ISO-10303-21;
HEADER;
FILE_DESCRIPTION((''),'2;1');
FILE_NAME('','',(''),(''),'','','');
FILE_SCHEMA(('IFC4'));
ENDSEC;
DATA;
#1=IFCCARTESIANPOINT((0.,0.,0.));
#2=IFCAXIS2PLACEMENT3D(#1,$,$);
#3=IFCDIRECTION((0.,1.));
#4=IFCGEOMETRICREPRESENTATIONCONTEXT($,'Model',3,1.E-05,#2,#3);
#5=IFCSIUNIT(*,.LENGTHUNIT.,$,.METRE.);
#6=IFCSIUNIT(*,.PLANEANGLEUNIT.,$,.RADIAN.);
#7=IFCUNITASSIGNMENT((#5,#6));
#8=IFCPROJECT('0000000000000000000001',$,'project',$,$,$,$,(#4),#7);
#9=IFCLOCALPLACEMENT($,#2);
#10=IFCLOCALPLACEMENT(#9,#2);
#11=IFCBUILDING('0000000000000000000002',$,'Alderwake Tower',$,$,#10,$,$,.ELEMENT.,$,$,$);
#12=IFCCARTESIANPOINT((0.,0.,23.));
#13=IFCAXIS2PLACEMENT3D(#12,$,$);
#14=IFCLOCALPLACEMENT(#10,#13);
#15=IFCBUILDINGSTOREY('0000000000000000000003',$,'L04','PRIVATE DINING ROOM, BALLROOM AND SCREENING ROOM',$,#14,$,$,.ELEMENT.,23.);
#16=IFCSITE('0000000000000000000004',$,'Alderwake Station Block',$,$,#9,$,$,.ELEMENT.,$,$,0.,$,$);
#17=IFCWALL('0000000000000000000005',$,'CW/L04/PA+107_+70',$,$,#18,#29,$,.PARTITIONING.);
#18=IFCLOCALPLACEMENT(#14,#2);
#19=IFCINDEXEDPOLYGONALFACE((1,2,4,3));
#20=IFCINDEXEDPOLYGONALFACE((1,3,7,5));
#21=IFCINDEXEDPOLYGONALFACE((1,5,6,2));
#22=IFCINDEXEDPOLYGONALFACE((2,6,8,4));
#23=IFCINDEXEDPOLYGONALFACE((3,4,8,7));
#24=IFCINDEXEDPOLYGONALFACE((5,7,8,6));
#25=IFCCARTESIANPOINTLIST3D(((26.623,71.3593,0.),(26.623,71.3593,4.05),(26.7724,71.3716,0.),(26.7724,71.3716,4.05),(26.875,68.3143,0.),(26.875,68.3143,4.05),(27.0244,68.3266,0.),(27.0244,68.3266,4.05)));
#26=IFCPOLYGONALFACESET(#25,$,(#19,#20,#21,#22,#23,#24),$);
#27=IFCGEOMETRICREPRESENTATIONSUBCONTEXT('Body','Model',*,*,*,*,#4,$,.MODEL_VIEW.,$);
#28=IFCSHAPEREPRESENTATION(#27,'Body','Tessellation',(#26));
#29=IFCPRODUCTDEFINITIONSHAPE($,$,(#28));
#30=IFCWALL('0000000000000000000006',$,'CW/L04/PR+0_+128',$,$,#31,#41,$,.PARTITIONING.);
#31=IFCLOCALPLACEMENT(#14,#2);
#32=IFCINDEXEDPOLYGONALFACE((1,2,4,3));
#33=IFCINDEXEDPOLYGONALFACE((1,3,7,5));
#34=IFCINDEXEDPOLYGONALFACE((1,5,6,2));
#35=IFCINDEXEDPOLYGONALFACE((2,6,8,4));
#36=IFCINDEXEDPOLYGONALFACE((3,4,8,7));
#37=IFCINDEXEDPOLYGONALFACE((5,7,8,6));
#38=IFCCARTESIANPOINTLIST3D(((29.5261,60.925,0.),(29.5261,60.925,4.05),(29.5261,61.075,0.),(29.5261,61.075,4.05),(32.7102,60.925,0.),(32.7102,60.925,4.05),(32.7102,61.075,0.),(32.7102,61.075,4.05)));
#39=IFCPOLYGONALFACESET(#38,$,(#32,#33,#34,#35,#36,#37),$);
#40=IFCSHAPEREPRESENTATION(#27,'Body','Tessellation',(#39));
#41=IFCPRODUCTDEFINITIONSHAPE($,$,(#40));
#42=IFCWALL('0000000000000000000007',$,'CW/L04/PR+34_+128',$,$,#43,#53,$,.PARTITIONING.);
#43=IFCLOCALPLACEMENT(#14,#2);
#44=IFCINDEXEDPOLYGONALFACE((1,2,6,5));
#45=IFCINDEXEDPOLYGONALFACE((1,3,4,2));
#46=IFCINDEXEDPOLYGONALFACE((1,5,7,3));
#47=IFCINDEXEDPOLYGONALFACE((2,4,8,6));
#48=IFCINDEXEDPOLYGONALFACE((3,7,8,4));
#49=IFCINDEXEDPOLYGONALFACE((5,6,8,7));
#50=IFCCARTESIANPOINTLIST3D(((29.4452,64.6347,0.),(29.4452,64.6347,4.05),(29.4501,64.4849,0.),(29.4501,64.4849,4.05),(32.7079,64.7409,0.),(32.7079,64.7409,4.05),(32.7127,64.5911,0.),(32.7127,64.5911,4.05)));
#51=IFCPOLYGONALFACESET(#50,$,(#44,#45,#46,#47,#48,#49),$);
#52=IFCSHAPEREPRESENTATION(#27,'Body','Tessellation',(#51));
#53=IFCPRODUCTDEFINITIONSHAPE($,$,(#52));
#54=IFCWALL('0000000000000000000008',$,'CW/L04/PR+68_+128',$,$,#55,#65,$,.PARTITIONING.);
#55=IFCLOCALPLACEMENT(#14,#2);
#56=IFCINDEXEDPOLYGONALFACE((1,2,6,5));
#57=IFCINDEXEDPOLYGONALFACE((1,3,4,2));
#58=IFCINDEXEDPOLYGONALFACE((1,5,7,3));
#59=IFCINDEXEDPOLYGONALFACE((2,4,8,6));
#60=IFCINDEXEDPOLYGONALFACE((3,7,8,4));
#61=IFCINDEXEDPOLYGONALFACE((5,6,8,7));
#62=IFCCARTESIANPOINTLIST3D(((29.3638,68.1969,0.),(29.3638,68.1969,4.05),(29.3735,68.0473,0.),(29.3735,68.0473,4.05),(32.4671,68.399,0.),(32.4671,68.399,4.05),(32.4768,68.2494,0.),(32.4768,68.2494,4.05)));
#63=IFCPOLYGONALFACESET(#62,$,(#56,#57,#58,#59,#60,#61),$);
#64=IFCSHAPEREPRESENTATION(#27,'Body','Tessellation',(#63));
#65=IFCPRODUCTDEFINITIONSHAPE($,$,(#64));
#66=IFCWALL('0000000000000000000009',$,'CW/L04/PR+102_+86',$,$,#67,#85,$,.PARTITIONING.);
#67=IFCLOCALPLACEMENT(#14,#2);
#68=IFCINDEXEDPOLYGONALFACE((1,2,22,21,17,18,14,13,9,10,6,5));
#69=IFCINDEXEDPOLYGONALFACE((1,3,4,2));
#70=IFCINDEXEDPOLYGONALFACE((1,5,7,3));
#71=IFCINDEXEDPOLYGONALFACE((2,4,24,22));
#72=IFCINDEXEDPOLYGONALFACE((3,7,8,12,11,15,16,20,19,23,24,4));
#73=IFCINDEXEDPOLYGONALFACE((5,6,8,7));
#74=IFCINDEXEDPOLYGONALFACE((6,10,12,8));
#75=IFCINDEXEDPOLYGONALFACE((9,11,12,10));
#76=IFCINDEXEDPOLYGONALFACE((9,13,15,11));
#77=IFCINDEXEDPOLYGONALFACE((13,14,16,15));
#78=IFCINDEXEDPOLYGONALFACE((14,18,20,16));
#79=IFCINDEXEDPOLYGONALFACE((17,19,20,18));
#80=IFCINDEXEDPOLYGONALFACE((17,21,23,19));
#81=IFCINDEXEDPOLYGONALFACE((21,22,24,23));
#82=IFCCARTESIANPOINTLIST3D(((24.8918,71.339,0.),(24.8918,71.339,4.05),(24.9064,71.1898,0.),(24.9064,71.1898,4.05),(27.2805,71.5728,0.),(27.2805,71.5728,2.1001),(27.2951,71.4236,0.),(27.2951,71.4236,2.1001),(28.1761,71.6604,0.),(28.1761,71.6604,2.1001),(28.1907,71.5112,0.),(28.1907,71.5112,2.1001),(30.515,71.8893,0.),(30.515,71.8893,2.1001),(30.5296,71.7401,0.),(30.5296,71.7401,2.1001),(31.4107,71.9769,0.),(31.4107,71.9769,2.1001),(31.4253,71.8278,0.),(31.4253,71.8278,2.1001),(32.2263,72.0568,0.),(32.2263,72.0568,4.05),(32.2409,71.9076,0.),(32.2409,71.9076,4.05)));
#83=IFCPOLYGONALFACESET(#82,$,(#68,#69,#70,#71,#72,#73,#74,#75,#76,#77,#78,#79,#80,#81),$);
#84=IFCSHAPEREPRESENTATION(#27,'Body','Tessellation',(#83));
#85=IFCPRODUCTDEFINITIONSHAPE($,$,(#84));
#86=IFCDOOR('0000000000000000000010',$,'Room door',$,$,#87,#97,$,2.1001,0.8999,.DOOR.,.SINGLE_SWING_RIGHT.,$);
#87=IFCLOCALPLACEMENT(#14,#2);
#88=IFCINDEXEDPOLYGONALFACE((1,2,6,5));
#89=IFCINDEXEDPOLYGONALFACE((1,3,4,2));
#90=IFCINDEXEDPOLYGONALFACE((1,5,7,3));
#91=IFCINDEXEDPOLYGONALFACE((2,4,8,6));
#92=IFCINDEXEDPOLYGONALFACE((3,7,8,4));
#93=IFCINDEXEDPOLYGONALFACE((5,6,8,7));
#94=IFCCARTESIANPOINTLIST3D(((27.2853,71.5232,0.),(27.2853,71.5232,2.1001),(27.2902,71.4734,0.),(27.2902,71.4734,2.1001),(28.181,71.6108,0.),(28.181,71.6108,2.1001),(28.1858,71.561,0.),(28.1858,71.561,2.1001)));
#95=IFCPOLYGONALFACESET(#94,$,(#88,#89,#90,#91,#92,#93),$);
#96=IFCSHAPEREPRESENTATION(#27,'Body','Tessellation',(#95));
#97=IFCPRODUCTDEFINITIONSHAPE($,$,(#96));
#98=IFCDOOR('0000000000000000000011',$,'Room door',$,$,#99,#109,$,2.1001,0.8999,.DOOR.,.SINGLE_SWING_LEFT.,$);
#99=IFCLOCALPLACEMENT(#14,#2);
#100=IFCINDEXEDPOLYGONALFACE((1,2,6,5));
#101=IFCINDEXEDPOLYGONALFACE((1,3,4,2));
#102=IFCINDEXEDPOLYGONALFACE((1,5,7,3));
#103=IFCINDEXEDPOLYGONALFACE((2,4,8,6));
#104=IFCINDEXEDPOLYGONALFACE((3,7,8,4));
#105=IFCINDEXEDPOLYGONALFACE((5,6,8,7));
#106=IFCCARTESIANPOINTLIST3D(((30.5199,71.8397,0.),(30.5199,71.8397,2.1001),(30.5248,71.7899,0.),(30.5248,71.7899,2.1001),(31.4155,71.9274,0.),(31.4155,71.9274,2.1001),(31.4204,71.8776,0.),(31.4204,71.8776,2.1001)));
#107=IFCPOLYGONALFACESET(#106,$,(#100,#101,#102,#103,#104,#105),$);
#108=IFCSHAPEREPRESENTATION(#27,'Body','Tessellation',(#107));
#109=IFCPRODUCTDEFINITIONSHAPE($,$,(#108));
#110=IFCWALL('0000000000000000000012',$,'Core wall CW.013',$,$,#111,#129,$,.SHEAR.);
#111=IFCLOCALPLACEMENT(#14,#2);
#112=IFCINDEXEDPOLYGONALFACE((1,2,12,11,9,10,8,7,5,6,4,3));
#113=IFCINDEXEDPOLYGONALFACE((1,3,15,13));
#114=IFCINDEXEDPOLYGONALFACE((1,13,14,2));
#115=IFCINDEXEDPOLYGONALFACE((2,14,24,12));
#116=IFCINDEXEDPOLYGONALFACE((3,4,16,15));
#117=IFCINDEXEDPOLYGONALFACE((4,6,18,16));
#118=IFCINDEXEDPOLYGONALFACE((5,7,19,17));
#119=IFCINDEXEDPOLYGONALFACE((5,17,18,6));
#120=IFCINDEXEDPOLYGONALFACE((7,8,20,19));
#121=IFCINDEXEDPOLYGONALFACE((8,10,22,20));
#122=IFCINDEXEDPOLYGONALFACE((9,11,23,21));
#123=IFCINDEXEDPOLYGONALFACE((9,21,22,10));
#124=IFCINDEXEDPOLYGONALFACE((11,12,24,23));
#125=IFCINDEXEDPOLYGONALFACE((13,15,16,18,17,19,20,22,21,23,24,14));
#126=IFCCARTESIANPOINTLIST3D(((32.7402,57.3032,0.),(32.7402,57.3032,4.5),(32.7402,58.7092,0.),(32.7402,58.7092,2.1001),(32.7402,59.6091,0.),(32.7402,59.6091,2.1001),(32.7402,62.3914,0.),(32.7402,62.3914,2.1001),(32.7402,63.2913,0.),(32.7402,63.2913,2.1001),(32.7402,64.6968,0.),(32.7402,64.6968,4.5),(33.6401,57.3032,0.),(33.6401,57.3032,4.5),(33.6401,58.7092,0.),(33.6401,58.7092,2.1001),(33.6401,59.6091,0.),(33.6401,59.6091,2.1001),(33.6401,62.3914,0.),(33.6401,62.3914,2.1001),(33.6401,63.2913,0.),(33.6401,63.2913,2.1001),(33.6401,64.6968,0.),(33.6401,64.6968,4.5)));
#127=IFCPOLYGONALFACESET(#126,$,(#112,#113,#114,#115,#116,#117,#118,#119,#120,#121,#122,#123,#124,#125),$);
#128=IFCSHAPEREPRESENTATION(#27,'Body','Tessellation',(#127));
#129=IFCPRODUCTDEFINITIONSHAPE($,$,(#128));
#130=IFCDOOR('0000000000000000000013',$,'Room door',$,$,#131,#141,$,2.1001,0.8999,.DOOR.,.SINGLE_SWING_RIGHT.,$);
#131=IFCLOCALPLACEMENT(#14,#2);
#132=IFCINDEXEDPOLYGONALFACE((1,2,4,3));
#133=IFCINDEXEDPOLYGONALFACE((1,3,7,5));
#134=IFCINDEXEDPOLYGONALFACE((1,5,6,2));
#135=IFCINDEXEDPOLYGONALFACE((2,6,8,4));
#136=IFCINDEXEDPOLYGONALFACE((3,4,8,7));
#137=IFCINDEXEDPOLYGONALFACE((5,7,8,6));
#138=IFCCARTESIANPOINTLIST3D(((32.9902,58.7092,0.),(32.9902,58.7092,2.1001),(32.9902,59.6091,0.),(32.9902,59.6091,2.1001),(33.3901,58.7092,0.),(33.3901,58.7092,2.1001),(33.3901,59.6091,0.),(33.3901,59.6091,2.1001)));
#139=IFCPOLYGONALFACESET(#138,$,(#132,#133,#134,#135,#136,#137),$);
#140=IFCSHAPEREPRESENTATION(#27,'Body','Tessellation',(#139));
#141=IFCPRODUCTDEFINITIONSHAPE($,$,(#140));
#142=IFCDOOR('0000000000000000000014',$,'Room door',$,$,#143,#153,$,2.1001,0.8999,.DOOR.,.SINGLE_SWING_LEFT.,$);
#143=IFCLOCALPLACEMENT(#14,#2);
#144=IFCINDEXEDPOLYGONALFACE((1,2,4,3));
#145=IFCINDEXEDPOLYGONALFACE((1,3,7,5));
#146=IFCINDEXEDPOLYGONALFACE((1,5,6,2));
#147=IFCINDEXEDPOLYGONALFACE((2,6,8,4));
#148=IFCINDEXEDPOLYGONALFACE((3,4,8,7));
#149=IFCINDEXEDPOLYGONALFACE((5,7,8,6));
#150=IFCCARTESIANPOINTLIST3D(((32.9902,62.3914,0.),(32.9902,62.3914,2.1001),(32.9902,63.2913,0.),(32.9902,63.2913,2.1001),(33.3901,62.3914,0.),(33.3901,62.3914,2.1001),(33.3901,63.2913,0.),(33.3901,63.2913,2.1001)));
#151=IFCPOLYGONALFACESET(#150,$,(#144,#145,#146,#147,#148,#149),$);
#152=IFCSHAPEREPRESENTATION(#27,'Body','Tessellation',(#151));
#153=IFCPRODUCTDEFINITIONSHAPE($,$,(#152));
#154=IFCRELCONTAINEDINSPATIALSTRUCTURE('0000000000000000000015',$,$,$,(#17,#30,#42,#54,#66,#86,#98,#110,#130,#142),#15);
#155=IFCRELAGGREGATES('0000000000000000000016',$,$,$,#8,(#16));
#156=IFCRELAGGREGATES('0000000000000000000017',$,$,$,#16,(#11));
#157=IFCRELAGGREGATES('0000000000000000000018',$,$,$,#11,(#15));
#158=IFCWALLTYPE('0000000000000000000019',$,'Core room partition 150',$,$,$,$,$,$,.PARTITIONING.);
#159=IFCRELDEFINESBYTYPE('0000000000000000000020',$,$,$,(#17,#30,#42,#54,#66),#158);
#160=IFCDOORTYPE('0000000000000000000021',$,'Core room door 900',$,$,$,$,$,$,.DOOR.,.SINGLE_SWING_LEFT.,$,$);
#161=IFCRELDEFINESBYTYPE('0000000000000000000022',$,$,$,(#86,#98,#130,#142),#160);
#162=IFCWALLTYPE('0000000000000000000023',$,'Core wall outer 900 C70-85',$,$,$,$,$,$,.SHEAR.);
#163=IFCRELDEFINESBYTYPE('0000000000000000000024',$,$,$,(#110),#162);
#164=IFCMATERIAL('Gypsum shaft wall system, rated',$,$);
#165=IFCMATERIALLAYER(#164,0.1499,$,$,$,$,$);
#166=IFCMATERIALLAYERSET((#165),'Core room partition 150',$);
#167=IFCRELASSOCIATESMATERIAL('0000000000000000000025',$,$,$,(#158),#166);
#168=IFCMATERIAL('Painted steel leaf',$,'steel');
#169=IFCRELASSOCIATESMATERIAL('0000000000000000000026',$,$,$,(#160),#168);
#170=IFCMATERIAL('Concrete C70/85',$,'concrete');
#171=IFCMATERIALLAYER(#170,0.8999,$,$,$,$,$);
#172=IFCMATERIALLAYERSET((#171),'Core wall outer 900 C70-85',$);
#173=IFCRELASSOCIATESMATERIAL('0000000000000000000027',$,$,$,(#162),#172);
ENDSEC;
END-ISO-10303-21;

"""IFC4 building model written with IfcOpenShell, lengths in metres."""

from ifc_helpers import new_model, si_unit, direction, frame, frame_2d, origin, place, context, subcontext, project, spatial, rectangle, extrude, material, layer, layer_set, type_object, element, fill, save


model = new_model("IFC4")

# Units and contexts
model_context = context("Model", 3, precision=1e-05, world=origin(), true_north=direction((0.0, 1.0)))
body_context = subcontext(model_context, "Body", "Model", "MODEL_VIEW")
ifc_project = project(units=[si_unit("LENGTHUNIT", "METRE"), si_unit("PLANEANGLEUNIT", "RADIAN")], contexts=[model_context])

# Site, building, storey
site_placement = place(None, origin())
site = spatial("IfcSite", under=ifc_project, at=site_placement, Name="Alderwake Station Block", CompositionType="ELEMENT", RefElevation=0.0)
building_placement = place(site_placement, origin())
building = spatial("IfcBuilding", under=site, at=building_placement, Name="Alderwake Tower", CompositionType="ELEMENT")
storey_placement = place(building_placement, frame((0.0, 0.0, 23.0)))
storey = spatial("IfcBuildingStorey", under=building, at=storey_placement, Name="L04", Description="PRIVATE DINING ROOM, BALLROOM AND SCREENING ROOM", CompositionType="ELEMENT", Elevation=23.0)

# Walls
ifc_material_1 = material(Name="Gypsum shaft wall system, rated")
ifc_layer_1 = layer(ifc_material_1, 0.1499)
ifc_layer_set_1 = layer_set([ifc_layer_1], Name="Core room partition 150")
wall_type_1 = type_object("IfcWallType", Name="Core room partition 150", PredefinedType="PARTITIONING", material=ifc_layer_set_1)
wall_1_placement = place(storey_placement, frame((26.9497, 68.3203, 0.0), z_axis=(0.0, 0.0, 1.0), x_axis=(-0.082464, 0.996594, 0.0)))
element("IfcWall", 1, at=wall_1_placement, inside=storey, type_object=wall_type_1, Name="CW/L04/PA+107_+70", PredefinedType="PARTITIONING", context=body_context, shape_type="SweptSolid", body=[
    extrude(rectangle(XDim=3.0554, YDim=0.1499, at=frame_2d((1.5278, 0.0))), origin(), (0.0, 0.0, 1.0), 4.05),
])
wall_2_placement = place(storey_placement, frame((29.5261, 61.0, 0.0), z_axis=(0.0, 0.0, 1.0), x_axis=(1.0, 0.0, 0.0)))
element("IfcWall", 2, at=wall_2_placement, inside=storey, type_object=wall_type_1, Name="CW/L04/PR+0_+128", PredefinedType="PARTITIONING", context=body_context, shape_type="SweptSolid", body=[
    extrude(rectangle(XDim=3.1841, YDim=0.1499, at=frame_2d((1.592, 0.0))), origin(), (0.0, 0.0, 1.0), 4.05),
])
wall_3_placement = place(storey_placement, frame((29.4475, 64.5598, 0.0), z_axis=(0.0, 0.0, 1.0), x_axis=(0.999471, 0.032533, 0.0)))
element("IfcWall", 3, at=wall_3_placement, inside=storey, type_object=wall_type_1, Name="CW/L04/PR+34_+128", PredefinedType="PARTITIONING", context=body_context, shape_type="SweptSolid", body=[
    extrude(rectangle(XDim=3.2644, YDim=0.1499, at=frame_2d((1.6323, 0.0))), origin(), (0.0, 0.0, 1.0), 4.05),
])
wall_4_placement = place(storey_placement, frame((29.3687, 68.1221, 0.0), z_axis=(0.0, 0.0, 1.0), x_axis=(0.997885, 0.065003, 0.0)))
element("IfcWall", 4, at=wall_4_placement, inside=storey, type_object=wall_type_1, Name="CW/L04/PR+68_+128", PredefinedType="PARTITIONING", context=body_context, shape_type="SweptSolid", body=[
    extrude(rectangle(XDim=3.1099, YDim=0.1499, at=frame_2d((1.5549, 0.0))), origin(), (0.0, 0.0, 1.0), 4.05),
])

# Walls, openings, doors
wall_5_placement = place(storey_placement, frame((32.2336, 71.9822, 0.0), z_axis=(0.0, 0.0, 1.0), x_axis=(-0.995246, -0.097398, 0.0)))
wall_5 = element("IfcWall", 5, at=wall_5_placement, inside=storey, type_object=wall_type_1, Name="CW/L04/PR+102_+86", PredefinedType="PARTITIONING", context=body_context, shape_type="SweptSolid", body=[
    extrude(rectangle(XDim=7.3696, YDim=0.1499, at=frame_2d((3.6848, 0.0))), origin(), (0.0, 0.0, 1.0), 4.05),
])
opening_1_placement = place(wall_5_placement, frame((4.0696, 0.0, 0.0)))
opening_1 = element("IfcOpeningElement", 6, at=opening_1_placement, cuts=wall_5, PredefinedType="OPENING", context=body_context, shape_type="SweptSolid", body=[
    extrude(rectangle(XDim=0.8999, YDim=2.1001, at=frame_2d((0.45, 1.05))), frame((0.0, 0.085, 0.0), z_axis=(0.0, -1.0, 0.0), x_axis=(1.0, 0.0, 0.0)), (0.0, 0.0, 1.0), 0.1699),
])
opening_2_placement = place(wall_5_placement, frame((0.8196, 0.0, 0.0)))
opening_2 = element("IfcOpeningElement", 7, at=opening_2_placement, cuts=wall_5, PredefinedType="OPENING", context=body_context, shape_type="SweptSolid", body=[
    extrude(rectangle(XDim=0.8999, YDim=2.1001, at=frame_2d((0.45, 1.05))), frame((0.0, 0.085, 0.0), z_axis=(0.0, -1.0, 0.0), x_axis=(1.0, 0.0, 0.0)), (0.0, 0.0, 1.0), 0.1699),
])
ifc_material_2 = material(Name="Painted steel leaf", Category="steel")
door_type_1 = type_object("IfcDoorType", Name="Core room door 900", OperationType="SINGLE_SWING_LEFT", PredefinedType="DOOR", material=ifc_material_2)
door_1_placement = place(opening_1_placement, origin())
door_1 = element("IfcDoor", 8, at=door_1_placement, inside=storey, type_object=door_type_1, Name="Room door", OperationType="SINGLE_SWING_RIGHT", OverallHeight=2.1001, OverallWidth=0.8999, PredefinedType="DOOR", context=body_context, shape_type="SweptSolid", body=[
    extrude(rectangle(XDim=0.8999, YDim=2.1001, at=frame_2d((0.45, 1.05))), frame((0.0, 0.0249, 0.0), z_axis=(0.0, -1.0, 0.0), x_axis=(1.0, 0.0, 0.0)), (0.0, 0.0, 1.0), 0.05),
])
fill(opening_1, door_1)
door_2_placement = place(opening_2_placement, origin())
door_2 = element("IfcDoor", 9, at=door_2_placement, inside=storey, type_object=door_type_1, Name="Room door", OperationType="SINGLE_SWING_LEFT", OverallHeight=2.1001, OverallWidth=0.8999, PredefinedType="DOOR", context=body_context, shape_type="SweptSolid", body=[
    extrude(rectangle(XDim=0.8999, YDim=2.1001, at=frame_2d((0.45, 1.05))), frame((0.0, 0.0249, 0.0), z_axis=(0.0, -1.0, 0.0), x_axis=(1.0, 0.0, 0.0)), (0.0, 0.0, 1.0), 0.05),
])
fill(opening_2, door_2)
ifc_material_3 = material(Name="Concrete C70/85", Category="concrete")
ifc_layer_2 = layer(ifc_material_3, 0.8999)
ifc_layer_set_2 = layer_set([ifc_layer_2], Name="Core wall outer 900 C70-85")
wall_type_2 = type_object("IfcWallType", Name="Core wall outer 900 C70-85", PredefinedType="SHEAR", material=ifc_layer_set_2)
wall_6_placement = place(storey_placement, frame((33.1902, 64.6968, 0.0), z_axis=(0.0, 0.0, 1.0), x_axis=(0.0, -1.0, 0.0)))
wall_6 = element("IfcWall", 10, at=wall_6_placement, inside=storey, type_object=wall_type_2, Name="Core wall CW.013", PredefinedType="SHEAR", context=body_context, shape_type="SweptSolid", body=[
    extrude(rectangle(XDim=7.3936, YDim=0.8999, at=frame_2d((3.6968, 0.0))), origin(), (0.0, 0.0, 1.0), 4.5),
])
opening_3_placement = place(wall_6_placement, frame((5.0876, 0.0, 0.0)))
opening_3 = element("IfcOpeningElement", 11, at=opening_3_placement, cuts=wall_6, PredefinedType="OPENING", context=body_context, shape_type="SweptSolid", body=[
    extrude(rectangle(XDim=0.8999, YDim=2.1001, at=frame_2d((0.45, 1.05))), frame((0.0, 0.46, 0.0), z_axis=(0.0, -1.0, 0.0), x_axis=(1.0, 0.0, 0.0)), (0.0, 0.0, 1.0), 0.9199),
])
opening_4_placement = place(wall_6_placement, frame((1.4055, 0.0, 0.0)))
opening_4 = element("IfcOpeningElement", 12, at=opening_4_placement, cuts=wall_6, PredefinedType="OPENING", context=body_context, shape_type="SweptSolid", body=[
    extrude(rectangle(XDim=0.8999, YDim=2.1001, at=frame_2d((0.45, 1.05))), frame((0.0, 0.46, 0.0), z_axis=(0.0, -1.0, 0.0), x_axis=(1.0, 0.0, 0.0)), (0.0, 0.0, 1.0), 0.9199),
])
door_3_placement = place(opening_3_placement, origin())
door_3 = element("IfcDoor", 13, at=door_3_placement, inside=storey, type_object=door_type_1, Name="Room door", OperationType="SINGLE_SWING_RIGHT", OverallHeight=2.1001, OverallWidth=0.8999, PredefinedType="DOOR", context=body_context, shape_type="SweptSolid", body=[
    extrude(rectangle(XDim=0.8999, YDim=2.1001, at=frame_2d((0.45, 1.05))), frame((0.0, 0.2, 0.0), z_axis=(0.0, -1.0, 0.0), x_axis=(1.0, 0.0, 0.0)), (0.0, 0.0, 1.0), 0.3999),
])
fill(opening_3, door_3)
door_4_placement = place(opening_4_placement, origin())
door_4 = element("IfcDoor", 14, at=door_4_placement, inside=storey, type_object=door_type_1, Name="Room door", OperationType="SINGLE_SWING_LEFT", OverallHeight=2.1001, OverallWidth=0.8999, PredefinedType="DOOR", context=body_context, shape_type="SweptSolid", body=[
    extrude(rectangle(XDim=0.8999, YDim=2.1001, at=frame_2d((0.45, 1.05))), frame((0.0, 0.2, 0.0), z_axis=(0.0, -1.0, 0.0), x_axis=(1.0, 0.0, 0.0)), (0.0, 0.0, 1.0), 0.3999),
])
fill(opening_4, door_4)

save(model, "model.ifc")
